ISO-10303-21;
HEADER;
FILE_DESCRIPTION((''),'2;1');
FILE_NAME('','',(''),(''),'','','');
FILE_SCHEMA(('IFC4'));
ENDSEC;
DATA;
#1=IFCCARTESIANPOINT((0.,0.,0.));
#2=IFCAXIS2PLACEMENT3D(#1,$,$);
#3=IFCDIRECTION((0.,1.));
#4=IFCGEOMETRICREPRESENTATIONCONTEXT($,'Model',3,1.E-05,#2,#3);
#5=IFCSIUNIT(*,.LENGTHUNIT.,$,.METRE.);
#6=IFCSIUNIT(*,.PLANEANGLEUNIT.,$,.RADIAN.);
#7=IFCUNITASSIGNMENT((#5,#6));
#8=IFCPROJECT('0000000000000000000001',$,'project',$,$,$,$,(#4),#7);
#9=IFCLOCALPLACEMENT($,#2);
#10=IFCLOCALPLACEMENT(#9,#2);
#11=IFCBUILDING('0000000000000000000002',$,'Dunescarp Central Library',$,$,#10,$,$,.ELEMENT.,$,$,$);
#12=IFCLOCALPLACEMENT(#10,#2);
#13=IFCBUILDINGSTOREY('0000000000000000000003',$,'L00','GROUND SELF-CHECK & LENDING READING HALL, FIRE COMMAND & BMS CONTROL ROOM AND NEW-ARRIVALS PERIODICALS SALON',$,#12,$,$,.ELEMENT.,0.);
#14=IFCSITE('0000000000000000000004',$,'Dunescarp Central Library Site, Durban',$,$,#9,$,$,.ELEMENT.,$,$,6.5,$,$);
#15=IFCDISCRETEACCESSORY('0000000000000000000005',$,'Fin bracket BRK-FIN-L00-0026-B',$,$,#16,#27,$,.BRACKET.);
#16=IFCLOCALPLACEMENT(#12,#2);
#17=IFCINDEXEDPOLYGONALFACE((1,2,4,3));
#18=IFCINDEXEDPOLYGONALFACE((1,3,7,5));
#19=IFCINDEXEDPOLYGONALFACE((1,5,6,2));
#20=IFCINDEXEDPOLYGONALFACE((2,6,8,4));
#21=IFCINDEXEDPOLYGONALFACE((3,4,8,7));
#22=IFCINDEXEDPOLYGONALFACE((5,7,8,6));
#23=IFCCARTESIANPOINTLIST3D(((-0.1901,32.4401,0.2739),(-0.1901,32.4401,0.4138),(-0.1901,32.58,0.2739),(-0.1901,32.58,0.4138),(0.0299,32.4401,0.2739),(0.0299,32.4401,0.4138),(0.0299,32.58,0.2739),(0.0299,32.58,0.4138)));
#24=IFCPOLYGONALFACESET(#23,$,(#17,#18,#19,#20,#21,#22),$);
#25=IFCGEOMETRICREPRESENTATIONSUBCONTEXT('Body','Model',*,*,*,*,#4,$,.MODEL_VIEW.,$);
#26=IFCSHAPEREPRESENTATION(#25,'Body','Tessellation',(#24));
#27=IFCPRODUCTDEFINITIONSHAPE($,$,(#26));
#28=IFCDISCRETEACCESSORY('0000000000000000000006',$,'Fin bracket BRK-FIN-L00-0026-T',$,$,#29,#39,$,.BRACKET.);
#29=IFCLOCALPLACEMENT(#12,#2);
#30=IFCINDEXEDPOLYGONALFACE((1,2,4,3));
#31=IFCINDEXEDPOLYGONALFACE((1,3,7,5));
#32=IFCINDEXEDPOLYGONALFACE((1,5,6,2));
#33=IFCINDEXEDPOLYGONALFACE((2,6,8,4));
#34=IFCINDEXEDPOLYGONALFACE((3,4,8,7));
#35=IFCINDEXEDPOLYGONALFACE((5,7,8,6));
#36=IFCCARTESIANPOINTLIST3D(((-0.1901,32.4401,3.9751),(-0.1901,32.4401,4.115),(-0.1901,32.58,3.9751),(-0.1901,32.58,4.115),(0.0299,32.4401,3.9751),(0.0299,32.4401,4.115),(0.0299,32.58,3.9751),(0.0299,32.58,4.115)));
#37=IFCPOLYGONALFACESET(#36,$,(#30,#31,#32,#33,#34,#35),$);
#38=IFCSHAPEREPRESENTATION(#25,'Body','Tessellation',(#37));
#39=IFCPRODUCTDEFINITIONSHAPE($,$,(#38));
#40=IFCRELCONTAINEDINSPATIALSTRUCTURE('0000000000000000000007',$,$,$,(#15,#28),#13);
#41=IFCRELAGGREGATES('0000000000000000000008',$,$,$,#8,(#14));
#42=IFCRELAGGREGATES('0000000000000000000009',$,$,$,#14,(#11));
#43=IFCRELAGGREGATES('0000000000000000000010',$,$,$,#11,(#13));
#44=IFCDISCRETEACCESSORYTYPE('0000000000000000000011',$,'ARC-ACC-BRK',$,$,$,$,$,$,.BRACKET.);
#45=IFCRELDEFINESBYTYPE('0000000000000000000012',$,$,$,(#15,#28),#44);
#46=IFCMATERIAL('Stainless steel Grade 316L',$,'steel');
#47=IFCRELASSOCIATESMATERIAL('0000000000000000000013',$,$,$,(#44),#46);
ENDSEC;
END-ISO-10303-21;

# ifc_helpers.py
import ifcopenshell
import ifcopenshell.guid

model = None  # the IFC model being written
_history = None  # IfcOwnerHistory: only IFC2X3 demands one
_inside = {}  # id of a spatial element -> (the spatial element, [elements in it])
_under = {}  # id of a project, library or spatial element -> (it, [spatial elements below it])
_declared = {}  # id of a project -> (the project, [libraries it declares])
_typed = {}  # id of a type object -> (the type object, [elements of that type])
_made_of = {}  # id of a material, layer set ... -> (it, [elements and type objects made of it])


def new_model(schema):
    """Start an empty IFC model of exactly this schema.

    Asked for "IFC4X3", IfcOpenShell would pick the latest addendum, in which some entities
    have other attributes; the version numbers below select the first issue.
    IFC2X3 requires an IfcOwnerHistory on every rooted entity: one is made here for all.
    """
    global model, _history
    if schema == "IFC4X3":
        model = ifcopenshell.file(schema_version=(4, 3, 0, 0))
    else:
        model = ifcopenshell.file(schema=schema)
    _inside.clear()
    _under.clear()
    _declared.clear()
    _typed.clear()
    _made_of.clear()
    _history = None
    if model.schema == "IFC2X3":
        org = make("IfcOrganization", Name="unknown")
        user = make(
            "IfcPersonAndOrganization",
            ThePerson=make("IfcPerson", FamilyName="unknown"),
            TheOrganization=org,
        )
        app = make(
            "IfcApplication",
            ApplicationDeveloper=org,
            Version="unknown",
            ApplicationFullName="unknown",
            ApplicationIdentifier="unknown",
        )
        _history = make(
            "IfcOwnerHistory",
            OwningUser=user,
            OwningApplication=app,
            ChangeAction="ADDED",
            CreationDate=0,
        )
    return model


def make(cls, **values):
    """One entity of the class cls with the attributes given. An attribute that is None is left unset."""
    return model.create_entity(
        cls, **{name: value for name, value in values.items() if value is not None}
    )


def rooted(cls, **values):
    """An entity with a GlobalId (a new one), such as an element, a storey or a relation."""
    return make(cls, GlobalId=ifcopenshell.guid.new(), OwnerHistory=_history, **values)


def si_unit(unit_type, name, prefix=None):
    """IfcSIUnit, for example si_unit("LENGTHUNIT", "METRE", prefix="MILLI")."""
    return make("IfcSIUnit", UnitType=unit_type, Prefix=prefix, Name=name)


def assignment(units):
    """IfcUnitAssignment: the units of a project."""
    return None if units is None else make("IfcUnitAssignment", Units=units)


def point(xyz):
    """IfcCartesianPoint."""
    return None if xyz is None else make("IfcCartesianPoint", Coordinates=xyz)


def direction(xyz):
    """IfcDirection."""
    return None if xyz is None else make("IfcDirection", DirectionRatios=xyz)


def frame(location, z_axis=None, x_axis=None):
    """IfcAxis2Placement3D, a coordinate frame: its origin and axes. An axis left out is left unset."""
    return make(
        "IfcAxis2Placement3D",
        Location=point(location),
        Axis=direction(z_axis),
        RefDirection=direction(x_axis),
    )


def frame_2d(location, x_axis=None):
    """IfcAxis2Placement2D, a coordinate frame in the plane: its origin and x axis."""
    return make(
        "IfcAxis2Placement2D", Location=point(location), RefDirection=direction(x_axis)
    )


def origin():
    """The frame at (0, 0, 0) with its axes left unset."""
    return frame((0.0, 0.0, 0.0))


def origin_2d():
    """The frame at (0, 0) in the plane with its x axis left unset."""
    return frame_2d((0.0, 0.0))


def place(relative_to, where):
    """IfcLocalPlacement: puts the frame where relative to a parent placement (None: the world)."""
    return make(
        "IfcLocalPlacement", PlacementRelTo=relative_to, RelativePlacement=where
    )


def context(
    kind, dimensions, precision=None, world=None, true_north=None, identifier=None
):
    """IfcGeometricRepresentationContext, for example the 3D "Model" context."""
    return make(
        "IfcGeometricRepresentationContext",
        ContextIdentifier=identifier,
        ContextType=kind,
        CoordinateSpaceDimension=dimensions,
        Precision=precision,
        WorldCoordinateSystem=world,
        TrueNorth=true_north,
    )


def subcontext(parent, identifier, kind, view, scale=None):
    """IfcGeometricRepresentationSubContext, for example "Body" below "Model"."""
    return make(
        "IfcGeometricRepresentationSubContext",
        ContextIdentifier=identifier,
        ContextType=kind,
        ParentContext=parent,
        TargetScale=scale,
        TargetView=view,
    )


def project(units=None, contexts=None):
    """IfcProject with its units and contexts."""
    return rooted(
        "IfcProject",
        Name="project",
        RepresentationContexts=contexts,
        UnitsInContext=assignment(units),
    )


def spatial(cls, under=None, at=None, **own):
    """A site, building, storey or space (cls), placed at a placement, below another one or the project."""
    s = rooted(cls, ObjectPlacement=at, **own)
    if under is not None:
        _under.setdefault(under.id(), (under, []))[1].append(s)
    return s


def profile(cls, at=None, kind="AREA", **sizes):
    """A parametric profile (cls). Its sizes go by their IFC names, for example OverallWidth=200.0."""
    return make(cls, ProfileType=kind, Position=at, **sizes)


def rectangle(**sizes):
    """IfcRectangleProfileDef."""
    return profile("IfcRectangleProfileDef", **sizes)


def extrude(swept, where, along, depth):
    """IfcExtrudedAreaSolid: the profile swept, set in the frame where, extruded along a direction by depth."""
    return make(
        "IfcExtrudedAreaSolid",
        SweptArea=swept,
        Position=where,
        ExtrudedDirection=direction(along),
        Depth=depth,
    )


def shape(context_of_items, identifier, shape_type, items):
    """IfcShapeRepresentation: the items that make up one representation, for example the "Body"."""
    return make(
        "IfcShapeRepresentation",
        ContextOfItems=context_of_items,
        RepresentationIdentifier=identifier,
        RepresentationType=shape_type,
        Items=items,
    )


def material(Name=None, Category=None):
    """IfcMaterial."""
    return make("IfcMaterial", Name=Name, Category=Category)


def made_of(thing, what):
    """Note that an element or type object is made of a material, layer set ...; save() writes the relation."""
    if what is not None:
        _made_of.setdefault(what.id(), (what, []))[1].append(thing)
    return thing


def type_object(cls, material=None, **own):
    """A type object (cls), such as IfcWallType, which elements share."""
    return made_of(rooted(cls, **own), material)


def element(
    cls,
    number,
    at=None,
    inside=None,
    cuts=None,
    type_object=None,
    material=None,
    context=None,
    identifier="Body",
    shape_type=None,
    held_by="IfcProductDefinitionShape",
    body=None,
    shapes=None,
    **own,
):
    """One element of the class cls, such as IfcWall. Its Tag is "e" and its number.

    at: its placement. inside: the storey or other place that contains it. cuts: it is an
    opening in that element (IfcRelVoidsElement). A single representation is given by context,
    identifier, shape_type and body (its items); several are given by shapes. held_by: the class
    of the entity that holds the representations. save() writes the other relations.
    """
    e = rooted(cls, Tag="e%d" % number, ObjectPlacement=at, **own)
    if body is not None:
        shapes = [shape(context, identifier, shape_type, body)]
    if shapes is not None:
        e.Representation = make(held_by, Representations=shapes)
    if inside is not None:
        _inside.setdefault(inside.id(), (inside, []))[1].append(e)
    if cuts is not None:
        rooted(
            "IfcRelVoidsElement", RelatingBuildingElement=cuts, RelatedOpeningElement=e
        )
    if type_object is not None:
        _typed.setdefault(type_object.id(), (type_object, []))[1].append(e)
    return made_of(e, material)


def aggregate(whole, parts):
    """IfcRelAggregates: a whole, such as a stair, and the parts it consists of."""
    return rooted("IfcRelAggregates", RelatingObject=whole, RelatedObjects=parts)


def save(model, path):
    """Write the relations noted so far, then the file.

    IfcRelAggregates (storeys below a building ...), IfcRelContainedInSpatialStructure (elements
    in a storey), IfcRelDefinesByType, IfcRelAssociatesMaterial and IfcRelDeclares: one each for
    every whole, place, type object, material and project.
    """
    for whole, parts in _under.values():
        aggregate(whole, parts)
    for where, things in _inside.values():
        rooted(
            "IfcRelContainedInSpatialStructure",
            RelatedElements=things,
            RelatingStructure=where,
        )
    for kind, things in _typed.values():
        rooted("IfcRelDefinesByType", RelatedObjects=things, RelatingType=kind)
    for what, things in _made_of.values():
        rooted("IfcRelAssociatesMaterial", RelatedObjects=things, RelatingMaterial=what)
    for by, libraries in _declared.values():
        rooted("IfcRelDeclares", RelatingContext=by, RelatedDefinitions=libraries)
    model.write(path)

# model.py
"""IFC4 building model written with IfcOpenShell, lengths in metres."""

from ifc_helpers import new_model, si_unit, direction, frame, origin, origin_2d, place, context, subcontext, project, spatial, rectangle, extrude, material, type_object, element, save


model = new_model("IFC4")

# Units and contexts
model_context = context("Model", 3, precision=1e-05, world=origin(), true_north=direction((0.0, 1.0)))
body_context = subcontext(model_context, "Body", "Model", "MODEL_VIEW")
ifc_project = project(units=[si_unit("LENGTHUNIT", "METRE"), si_unit("PLANEANGLEUNIT", "RADIAN")], contexts=[model_context])

# Site, building, storey
site_placement = place(None, origin())
site = spatial("IfcSite", under=ifc_project, at=site_placement, Name="Dunescarp Central Library Site, Durban", CompositionType="ELEMENT", RefElevation=6.5)
building_placement = place(site_placement, origin())
building = spatial("IfcBuilding", under=site, at=building_placement, Name="Dunescarp Central Library", CompositionType="ELEMENT")
storey_placement = place(building_placement, origin())
storey = spatial("IfcBuildingStorey", under=building, at=storey_placement, Name="L00", Description="GROUND SELF-CHECK & LENDING READING HALL, FIRE COMMAND & BMS CONTROL ROOM AND NEW-ARRIVALS PERIODICALS SALON", CompositionType="ELEMENT", Elevation=0.0)

# Shared definitions
ifc_material_1 = material(Name="Stainless steel Grade 316L", Category="steel")

# Discrete accessories
discrete_accessory_type = type_object("IfcDiscreteAccessoryType", Name="ARC-ACC-BRK", PredefinedType="BRACKET", material=ifc_material_1)
for number, where, z_axis, x_axis, name in (
    (1, (-0.0801, 32.51, 0.2739), (0.0, 0.0, 1.0), (-1.0, 0.0, 0.0), "Fin bracket BRK-FIN-L00-0026-B"),
    (2, (-0.0801, 32.51, 3.9751), (0.0, 0.0, 1.0), (-1.0, 0.0, 0.0), "Fin bracket BRK-FIN-L00-0026-T"),
):
    element("IfcDiscreteAccessory", number, at=place(storey_placement, frame(where, z_axis=z_axis, x_axis=x_axis)), inside=storey, type_object=discrete_accessory_type, Name=name, PredefinedType="BRACKET", context=body_context, shape_type="SweptSolid", body=[
        extrude(rectangle(XDim=0.22, YDim=0.1399, at=origin_2d()), origin(), (0.0, 0.0, 1.0), 0.1399),
    ])

save(model, "model.ifc")
